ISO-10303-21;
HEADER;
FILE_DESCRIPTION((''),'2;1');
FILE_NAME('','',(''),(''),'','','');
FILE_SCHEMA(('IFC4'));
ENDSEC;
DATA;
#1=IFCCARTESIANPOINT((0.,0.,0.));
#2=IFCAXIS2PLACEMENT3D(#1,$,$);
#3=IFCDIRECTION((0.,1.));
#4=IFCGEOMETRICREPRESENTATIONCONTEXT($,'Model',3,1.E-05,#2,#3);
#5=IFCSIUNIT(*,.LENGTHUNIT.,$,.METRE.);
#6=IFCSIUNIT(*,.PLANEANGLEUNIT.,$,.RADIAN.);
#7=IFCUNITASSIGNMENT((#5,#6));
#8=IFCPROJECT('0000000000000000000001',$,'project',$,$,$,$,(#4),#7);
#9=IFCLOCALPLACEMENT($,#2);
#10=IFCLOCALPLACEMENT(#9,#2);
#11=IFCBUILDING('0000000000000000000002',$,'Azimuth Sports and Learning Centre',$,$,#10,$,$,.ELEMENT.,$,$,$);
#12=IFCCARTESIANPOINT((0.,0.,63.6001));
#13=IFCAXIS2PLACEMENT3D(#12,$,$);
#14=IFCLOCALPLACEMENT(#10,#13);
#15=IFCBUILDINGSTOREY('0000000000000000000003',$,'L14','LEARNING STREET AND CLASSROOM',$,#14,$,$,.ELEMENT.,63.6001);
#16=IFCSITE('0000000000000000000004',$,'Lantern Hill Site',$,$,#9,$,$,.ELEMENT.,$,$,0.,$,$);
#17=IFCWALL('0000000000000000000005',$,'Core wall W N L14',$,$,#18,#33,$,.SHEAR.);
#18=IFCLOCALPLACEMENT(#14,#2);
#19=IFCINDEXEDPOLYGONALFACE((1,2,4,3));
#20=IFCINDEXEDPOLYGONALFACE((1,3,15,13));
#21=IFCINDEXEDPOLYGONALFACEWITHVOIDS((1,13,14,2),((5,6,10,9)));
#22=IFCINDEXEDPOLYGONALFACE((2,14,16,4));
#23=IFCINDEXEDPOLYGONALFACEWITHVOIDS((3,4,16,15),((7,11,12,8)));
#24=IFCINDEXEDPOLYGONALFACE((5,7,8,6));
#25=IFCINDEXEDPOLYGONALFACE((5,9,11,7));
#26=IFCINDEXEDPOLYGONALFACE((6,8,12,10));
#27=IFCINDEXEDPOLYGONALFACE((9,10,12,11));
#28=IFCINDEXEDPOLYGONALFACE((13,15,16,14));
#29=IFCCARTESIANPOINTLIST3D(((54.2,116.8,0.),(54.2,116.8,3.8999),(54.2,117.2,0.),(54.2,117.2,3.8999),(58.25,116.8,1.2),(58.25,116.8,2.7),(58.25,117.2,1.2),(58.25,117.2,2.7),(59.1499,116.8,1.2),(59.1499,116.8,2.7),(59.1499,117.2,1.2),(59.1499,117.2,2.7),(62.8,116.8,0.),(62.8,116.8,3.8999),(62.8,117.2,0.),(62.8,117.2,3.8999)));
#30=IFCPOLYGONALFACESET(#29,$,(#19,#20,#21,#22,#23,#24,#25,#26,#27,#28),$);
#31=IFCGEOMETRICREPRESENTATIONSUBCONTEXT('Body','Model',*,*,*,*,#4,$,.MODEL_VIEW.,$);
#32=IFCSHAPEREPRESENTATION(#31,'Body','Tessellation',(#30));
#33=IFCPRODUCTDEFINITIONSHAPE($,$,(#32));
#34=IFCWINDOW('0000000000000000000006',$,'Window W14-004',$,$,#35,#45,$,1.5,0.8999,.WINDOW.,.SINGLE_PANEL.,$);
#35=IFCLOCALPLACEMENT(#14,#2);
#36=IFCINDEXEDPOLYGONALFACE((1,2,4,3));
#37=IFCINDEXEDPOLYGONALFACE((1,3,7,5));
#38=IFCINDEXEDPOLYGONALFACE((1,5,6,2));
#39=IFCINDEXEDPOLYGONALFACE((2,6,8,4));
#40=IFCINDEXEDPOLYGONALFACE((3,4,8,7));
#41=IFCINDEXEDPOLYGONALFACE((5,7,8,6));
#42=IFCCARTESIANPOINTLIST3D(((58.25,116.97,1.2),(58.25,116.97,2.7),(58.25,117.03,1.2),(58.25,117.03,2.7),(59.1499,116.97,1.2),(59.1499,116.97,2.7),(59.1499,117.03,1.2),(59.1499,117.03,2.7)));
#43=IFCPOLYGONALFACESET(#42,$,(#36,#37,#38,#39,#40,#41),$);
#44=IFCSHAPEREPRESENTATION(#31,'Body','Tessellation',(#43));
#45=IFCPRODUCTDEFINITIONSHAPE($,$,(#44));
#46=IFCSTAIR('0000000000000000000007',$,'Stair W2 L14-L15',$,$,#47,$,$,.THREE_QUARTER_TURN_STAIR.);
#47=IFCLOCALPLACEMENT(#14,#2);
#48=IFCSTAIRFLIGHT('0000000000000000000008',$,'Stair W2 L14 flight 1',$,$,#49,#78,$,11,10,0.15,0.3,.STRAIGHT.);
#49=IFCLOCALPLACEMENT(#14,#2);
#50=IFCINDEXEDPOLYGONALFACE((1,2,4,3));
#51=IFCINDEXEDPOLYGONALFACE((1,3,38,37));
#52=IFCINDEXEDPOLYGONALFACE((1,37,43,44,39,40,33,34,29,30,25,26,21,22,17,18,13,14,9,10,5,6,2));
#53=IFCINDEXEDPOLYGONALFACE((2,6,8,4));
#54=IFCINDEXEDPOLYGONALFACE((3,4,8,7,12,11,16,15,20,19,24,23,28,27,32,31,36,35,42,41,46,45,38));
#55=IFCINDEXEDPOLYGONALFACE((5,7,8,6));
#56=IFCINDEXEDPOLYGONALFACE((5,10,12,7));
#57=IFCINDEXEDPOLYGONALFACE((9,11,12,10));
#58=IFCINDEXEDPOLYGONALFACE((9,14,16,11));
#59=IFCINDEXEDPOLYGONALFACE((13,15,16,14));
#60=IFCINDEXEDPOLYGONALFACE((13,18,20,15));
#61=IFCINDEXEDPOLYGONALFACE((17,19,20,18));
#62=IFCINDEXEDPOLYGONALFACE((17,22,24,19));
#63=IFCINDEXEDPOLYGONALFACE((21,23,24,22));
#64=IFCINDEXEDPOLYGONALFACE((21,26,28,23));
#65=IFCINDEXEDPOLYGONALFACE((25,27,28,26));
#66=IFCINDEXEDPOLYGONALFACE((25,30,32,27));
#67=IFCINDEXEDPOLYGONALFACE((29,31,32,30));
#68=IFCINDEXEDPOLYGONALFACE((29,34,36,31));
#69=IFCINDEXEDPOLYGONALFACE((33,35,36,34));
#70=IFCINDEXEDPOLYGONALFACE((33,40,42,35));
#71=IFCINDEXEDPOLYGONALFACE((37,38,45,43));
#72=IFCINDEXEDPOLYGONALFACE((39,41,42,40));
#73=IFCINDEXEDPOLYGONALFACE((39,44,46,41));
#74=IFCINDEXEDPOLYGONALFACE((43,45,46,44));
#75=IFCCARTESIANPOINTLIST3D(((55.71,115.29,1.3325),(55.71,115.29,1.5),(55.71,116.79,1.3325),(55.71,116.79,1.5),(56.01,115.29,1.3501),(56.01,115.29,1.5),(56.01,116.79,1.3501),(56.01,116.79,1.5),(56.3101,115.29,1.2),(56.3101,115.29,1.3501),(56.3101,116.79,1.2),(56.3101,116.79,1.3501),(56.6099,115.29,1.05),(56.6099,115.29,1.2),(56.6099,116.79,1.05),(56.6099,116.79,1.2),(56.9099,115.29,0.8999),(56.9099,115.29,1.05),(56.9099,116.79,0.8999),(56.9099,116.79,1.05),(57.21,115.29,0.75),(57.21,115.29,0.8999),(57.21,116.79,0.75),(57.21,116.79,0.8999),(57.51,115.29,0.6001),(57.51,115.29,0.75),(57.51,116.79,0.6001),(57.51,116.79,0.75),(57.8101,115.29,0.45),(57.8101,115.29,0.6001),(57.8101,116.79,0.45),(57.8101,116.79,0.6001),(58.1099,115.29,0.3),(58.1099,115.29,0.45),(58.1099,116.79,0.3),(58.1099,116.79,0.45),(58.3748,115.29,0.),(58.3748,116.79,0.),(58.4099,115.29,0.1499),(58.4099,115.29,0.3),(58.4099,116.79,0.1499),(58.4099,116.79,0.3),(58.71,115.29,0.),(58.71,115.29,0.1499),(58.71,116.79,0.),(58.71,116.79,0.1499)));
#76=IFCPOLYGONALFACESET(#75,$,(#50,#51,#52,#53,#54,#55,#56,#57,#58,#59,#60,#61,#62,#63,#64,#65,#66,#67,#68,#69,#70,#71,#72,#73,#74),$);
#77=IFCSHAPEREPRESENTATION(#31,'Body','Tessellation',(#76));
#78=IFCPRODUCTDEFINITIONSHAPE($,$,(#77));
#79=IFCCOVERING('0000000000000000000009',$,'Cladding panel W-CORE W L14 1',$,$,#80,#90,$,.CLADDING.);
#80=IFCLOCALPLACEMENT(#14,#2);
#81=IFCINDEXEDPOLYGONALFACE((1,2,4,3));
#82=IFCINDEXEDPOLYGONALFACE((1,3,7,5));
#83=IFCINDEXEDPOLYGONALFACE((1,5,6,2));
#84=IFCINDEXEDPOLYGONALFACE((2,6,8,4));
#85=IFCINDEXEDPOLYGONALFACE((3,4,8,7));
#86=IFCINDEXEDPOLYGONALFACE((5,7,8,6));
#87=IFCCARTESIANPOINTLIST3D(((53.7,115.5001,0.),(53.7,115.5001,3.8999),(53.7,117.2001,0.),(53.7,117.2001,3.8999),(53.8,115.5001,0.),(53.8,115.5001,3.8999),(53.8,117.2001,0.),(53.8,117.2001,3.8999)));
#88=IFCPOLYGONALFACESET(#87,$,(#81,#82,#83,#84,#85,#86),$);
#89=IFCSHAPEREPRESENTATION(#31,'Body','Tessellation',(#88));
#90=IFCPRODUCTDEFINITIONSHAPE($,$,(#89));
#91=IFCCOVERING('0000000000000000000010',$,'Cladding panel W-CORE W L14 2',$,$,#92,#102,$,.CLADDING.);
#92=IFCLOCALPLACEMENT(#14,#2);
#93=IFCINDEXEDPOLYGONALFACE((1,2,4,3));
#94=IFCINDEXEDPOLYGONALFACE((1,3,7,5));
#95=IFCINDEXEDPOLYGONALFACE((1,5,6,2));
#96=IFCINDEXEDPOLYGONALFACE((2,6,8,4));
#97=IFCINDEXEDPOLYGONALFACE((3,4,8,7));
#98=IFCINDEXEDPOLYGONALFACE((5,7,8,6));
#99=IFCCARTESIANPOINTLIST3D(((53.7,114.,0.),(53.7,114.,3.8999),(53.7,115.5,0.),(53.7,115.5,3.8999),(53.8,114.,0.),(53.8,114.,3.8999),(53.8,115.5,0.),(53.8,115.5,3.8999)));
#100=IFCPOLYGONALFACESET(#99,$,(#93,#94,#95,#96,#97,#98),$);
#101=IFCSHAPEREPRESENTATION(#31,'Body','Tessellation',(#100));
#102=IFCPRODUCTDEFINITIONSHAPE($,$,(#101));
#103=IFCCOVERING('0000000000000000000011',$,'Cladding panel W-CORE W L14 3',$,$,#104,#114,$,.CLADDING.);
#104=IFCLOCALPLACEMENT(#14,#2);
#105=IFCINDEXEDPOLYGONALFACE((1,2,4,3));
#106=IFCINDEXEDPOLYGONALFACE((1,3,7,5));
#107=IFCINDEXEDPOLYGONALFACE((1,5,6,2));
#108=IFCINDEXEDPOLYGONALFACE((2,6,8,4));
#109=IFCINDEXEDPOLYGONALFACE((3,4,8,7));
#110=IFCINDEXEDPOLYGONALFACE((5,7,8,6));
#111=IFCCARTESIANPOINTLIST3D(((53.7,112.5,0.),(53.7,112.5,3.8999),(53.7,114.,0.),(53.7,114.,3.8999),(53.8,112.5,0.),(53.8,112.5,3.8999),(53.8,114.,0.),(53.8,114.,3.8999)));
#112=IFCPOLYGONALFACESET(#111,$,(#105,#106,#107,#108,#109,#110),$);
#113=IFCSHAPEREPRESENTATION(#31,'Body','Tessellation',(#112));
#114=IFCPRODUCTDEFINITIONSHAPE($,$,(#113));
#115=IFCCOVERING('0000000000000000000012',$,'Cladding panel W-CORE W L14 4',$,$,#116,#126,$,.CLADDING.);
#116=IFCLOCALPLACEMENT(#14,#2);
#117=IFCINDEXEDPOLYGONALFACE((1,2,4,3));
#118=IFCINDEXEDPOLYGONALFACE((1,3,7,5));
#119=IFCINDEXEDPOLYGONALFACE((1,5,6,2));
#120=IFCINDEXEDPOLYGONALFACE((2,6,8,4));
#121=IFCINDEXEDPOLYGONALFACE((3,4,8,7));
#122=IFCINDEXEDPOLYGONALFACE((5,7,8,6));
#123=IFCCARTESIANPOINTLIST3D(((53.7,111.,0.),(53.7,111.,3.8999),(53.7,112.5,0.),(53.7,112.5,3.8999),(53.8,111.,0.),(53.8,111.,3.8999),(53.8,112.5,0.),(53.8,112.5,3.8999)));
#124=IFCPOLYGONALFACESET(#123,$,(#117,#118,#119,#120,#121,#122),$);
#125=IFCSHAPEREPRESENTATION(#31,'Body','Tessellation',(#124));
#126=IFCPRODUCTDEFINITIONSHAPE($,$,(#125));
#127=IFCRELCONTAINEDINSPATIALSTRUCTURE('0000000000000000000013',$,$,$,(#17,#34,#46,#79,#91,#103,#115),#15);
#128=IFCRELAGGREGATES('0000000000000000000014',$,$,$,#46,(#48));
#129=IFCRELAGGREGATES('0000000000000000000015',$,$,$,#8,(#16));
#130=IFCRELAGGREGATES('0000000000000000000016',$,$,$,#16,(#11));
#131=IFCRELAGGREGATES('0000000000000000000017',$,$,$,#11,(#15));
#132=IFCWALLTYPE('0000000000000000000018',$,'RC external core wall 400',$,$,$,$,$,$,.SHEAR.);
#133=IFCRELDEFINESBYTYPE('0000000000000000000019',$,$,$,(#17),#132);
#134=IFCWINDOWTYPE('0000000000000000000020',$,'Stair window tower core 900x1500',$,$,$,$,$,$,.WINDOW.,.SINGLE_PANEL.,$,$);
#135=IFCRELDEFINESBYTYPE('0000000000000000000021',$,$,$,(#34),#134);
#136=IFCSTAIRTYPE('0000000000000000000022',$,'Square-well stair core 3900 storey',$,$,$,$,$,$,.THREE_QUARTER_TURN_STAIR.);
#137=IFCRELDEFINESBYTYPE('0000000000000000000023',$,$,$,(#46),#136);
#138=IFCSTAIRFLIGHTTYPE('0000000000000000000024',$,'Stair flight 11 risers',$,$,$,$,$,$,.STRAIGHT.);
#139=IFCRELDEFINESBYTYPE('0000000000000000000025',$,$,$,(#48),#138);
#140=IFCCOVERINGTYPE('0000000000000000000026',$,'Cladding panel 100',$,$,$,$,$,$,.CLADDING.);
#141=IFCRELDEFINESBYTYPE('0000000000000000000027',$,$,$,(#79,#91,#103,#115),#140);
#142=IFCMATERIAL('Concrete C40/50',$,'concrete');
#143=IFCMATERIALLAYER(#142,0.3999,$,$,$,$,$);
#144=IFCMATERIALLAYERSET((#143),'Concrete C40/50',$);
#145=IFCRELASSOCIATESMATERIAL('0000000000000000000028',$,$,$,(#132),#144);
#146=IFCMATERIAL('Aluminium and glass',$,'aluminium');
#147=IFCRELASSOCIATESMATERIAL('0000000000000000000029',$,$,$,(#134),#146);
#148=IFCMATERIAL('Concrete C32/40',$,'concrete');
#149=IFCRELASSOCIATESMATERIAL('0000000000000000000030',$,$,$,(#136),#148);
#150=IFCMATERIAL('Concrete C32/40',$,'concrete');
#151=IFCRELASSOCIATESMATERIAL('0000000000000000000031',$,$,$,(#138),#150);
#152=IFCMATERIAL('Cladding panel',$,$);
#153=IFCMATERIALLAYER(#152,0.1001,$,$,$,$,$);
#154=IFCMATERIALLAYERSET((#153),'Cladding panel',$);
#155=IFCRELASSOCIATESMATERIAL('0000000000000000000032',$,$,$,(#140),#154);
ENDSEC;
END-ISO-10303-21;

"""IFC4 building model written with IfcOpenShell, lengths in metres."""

from ifc_helpers import new_model, si_unit, direction, frame, frame_2d, origin, origin_2d, place, context, subcontext, project, spatial, polyline, rectangle, outline, extrude, material, layer, layer_set, type_object, element, fill, aggregate, save


model = new_model("IFC4")

# Units and contexts
model_context = context("Model", 3, precision=1e-05, world=origin(), true_north=direction((0.0, 1.0)))
body_context = subcontext(model_context, "Body", "Model", "MODEL_VIEW")
ifc_project = project(units=[si_unit("LENGTHUNIT", "METRE"), si_unit("PLANEANGLEUNIT", "RADIAN")], contexts=[model_context])

# Site, building, storey
site_placement = place(None, origin())
site = spatial("IfcSite", under=ifc_project, at=site_placement, Name="Lantern Hill Site", CompositionType="ELEMENT", RefElevation=0.0)
building_placement = place(site_placement, origin())
building = spatial("IfcBuilding", under=site, at=building_placement, Name="Azimuth Sports and Learning Centre", CompositionType="ELEMENT")
storey_placement = place(building_placement, frame((0.0, 0.0, 63.6001)))
storey = spatial("IfcBuildingStorey", under=building, at=storey_placement, Name="L14", Description="LEARNING STREET AND CLASSROOM", CompositionType="ELEMENT", Elevation=63.6001)

# Wall, opening, window
ifc_material_1 = material(Name="Concrete C40/50", Category="concrete")
ifc_layer_1 = layer(ifc_material_1, 0.3999)
ifc_layer_set_1 = layer_set([ifc_layer_1], Name="Concrete C40/50")
wall_type_1 = type_object("IfcWallType", Name="RC external core wall 400", PredefinedType="SHEAR", material=ifc_layer_set_1)
wall_1_placement = place(storey_placement, frame((54.2, 117.0, 0.0), z_axis=(0.0, 0.0, 1.0), x_axis=(1.0, 0.0, 0.0)))
wall_1 = element("IfcWall", 1, at=wall_1_placement, inside=storey, type_object=wall_type_1, Name="Core wall W N L14", PredefinedType="SHEAR", context=body_context, shape_type="SweptSolid", body=[
    extrude(rectangle(XDim=8.6001, YDim=0.3999, at=frame_2d((4.3, 0.0))), origin(), (0.0, 0.0, 1.0), 3.8999),
])
opening_1_placement = place(wall_1_placement, frame((4.05, 0.0, 1.2)))
opening_1 = element("IfcOpeningElement", 2, at=opening_1_placement, cuts=wall_1, PredefinedType="OPENING", context=body_context, shape_type="SweptSolid", body=[
    extrude(rectangle(XDim=0.8999, YDim=1.5, at=frame_2d((0.45, 0.75))), frame((0.0, 0.2109, 0.0), z_axis=(0.0, -1.0, 0.0), x_axis=(1.0, 0.0, 0.0)), (0.0, 0.0, 1.0), 0.4219),
])
ifc_material_2 = material(Name="Aluminium and glass", Category="aluminium")
window_type = type_object("IfcWindowType", Name="Stair window tower core 900x1500", PartitioningType="SINGLE_PANEL", PredefinedType="WINDOW", material=ifc_material_2)
window_placement = place(opening_1_placement, origin())
window = element("IfcWindow", 3, at=window_placement, inside=storey, type_object=window_type, Name="Window W14-004", OverallHeight=1.5, OverallWidth=0.8999, PartitioningType="SINGLE_PANEL", PredefinedType="WINDOW", context=body_context, shape_type="SweptSolid", body=[
    extrude(rectangle(XDim=0.8999, YDim=1.5, at=frame_2d((0.45, 0.75))), frame((0.0, 0.03, 0.0), z_axis=(0.0, -1.0, 0.0), x_axis=(1.0, 0.0, 0.0)), (0.0, 0.0, 1.0), 0.0601),
])
fill(opening_1, window)

# Stair, stair flight
ifc_material_3 = material(Name="Concrete C32/40", Category="concrete")
stair_type = type_object("IfcStairType", Name="Square-well stair core 3900 storey", PredefinedType="THREE_QUARTER_TURN_STAIR", material=ifc_material_3)
stair_placement = place(storey_placement, origin())
stair = element("IfcStair", 4, at=stair_placement, inside=storey, type_object=stair_type, Name="Stair W2 L14-L15", PredefinedType="THREE_QUARTER_TURN_STAIR")
ifc_material_4 = material(Name="Concrete C32/40", Category="concrete")
stair_flight_type = type_object("IfcStairFlightType", Name="Stair flight 11 risers", PredefinedType="STRAIGHT", material=ifc_material_4)
stair_flight_placement = place(storey_placement, frame((58.71, 116.04, 0.0), z_axis=(0.0, 0.0, 1.0), x_axis=(-1.0, 0.0, 0.0)))
stair_flight = element("IfcStairFlight", 5, at=stair_flight_placement, type_object=stair_flight_type, Name="Stair W2 L14 flight 1", NumberOfRisers=11, NumberOfTreads=10, PredefinedType="STRAIGHT", RiserHeight=0.15, TreadLength=0.3, context=body_context, shape_type="SweptSolid", body=[
    extrude(outline(polyline([(0.0, 0.0), (0.0, 0.1499), (0.3, 0.1499), (0.3, 0.3), (0.6001, 0.3), (0.6001, 0.45), (0.8999, 0.45), (0.8999, 0.6001), (1.2, 0.6001), (1.2, 0.75), (1.5, 0.75), (1.5, 0.8999), (1.8, 0.8999), (1.8, 1.05), (2.1001, 1.05), (2.1001, 1.2), (2.3999, 1.2), (2.3999, 1.3501), (2.7, 1.3501), (2.7, 1.5), (3.0, 1.5), (3.0, 1.6499), (3.0, 1.3325), (0.3352, 0.0), (0.0, 0.0)])), frame((0.0, 0.75, 0.0), z_axis=(0.0, -1.0, 0.0), x_axis=(1.0, 0.0, 0.0)), (0.0, 0.0, 1.0), 1.5),
])
aggregate(stair, [stair_flight])

# Coverings
ifc_material_5 = material(Name="Cladding panel")
ifc_layer_2 = layer(ifc_material_5, 0.1001)
ifc_layer_set_2 = layer_set([ifc_layer_2], Name="Cladding panel")
covering_type = type_object("IfcCoveringType", Name="Cladding panel 100", PredefinedType="CLADDING", material=ifc_layer_set_2)
covering_placement = place(storey_placement, frame((53.75, 116.3501, 0.0), z_axis=(0.0, 0.0, 1.0), x_axis=(0.0, -1.0, 0.0)))
element("IfcCovering", 6, at=covering_placement, inside=storey, type_object=covering_type, Name="Cladding panel W-CORE W L14 1", PredefinedType="CLADDING", context=body_context, shape_type="SweptSolid", body=[
    extrude(rectangle(XDim=1.7, YDim=0.1001, at=origin_2d()), origin(), (0.0, 0.0, 1.0), 3.8999),
])
for number, where, z_axis, x_axis, name in (
    (7, (53.75, 114.75, 0.0), (0.0, 0.0, 1.0), (0.0, -1.0, 0.0), "Cladding panel W-CORE W L14 2"),
    (8, (53.75, 113.25, 0.0), (0.0, 0.0, 1.0), (0.0, -1.0, 0.0), "Cladding panel W-CORE W L14 3"),
    (9, (53.75, 111.75, 0.0), (0.0, 0.0, 1.0), (0.0, -1.0, 0.0), "Cladding panel W-CORE W L14 4"),
):
    element("IfcCovering", number, at=place(storey_placement, frame(where, z_axis=z_axis, x_axis=x_axis)), inside=storey, type_object=covering_type, Name=name, PredefinedType="CLADDING", context=body_context, shape_type="SweptSolid", body=[
        extrude(rectangle(XDim=1.5, YDim=0.1001, at=origin_2d()), origin(), (0.0, 0.0, 1.0), 3.8999),
    ])

save(model, "model.ifc")
